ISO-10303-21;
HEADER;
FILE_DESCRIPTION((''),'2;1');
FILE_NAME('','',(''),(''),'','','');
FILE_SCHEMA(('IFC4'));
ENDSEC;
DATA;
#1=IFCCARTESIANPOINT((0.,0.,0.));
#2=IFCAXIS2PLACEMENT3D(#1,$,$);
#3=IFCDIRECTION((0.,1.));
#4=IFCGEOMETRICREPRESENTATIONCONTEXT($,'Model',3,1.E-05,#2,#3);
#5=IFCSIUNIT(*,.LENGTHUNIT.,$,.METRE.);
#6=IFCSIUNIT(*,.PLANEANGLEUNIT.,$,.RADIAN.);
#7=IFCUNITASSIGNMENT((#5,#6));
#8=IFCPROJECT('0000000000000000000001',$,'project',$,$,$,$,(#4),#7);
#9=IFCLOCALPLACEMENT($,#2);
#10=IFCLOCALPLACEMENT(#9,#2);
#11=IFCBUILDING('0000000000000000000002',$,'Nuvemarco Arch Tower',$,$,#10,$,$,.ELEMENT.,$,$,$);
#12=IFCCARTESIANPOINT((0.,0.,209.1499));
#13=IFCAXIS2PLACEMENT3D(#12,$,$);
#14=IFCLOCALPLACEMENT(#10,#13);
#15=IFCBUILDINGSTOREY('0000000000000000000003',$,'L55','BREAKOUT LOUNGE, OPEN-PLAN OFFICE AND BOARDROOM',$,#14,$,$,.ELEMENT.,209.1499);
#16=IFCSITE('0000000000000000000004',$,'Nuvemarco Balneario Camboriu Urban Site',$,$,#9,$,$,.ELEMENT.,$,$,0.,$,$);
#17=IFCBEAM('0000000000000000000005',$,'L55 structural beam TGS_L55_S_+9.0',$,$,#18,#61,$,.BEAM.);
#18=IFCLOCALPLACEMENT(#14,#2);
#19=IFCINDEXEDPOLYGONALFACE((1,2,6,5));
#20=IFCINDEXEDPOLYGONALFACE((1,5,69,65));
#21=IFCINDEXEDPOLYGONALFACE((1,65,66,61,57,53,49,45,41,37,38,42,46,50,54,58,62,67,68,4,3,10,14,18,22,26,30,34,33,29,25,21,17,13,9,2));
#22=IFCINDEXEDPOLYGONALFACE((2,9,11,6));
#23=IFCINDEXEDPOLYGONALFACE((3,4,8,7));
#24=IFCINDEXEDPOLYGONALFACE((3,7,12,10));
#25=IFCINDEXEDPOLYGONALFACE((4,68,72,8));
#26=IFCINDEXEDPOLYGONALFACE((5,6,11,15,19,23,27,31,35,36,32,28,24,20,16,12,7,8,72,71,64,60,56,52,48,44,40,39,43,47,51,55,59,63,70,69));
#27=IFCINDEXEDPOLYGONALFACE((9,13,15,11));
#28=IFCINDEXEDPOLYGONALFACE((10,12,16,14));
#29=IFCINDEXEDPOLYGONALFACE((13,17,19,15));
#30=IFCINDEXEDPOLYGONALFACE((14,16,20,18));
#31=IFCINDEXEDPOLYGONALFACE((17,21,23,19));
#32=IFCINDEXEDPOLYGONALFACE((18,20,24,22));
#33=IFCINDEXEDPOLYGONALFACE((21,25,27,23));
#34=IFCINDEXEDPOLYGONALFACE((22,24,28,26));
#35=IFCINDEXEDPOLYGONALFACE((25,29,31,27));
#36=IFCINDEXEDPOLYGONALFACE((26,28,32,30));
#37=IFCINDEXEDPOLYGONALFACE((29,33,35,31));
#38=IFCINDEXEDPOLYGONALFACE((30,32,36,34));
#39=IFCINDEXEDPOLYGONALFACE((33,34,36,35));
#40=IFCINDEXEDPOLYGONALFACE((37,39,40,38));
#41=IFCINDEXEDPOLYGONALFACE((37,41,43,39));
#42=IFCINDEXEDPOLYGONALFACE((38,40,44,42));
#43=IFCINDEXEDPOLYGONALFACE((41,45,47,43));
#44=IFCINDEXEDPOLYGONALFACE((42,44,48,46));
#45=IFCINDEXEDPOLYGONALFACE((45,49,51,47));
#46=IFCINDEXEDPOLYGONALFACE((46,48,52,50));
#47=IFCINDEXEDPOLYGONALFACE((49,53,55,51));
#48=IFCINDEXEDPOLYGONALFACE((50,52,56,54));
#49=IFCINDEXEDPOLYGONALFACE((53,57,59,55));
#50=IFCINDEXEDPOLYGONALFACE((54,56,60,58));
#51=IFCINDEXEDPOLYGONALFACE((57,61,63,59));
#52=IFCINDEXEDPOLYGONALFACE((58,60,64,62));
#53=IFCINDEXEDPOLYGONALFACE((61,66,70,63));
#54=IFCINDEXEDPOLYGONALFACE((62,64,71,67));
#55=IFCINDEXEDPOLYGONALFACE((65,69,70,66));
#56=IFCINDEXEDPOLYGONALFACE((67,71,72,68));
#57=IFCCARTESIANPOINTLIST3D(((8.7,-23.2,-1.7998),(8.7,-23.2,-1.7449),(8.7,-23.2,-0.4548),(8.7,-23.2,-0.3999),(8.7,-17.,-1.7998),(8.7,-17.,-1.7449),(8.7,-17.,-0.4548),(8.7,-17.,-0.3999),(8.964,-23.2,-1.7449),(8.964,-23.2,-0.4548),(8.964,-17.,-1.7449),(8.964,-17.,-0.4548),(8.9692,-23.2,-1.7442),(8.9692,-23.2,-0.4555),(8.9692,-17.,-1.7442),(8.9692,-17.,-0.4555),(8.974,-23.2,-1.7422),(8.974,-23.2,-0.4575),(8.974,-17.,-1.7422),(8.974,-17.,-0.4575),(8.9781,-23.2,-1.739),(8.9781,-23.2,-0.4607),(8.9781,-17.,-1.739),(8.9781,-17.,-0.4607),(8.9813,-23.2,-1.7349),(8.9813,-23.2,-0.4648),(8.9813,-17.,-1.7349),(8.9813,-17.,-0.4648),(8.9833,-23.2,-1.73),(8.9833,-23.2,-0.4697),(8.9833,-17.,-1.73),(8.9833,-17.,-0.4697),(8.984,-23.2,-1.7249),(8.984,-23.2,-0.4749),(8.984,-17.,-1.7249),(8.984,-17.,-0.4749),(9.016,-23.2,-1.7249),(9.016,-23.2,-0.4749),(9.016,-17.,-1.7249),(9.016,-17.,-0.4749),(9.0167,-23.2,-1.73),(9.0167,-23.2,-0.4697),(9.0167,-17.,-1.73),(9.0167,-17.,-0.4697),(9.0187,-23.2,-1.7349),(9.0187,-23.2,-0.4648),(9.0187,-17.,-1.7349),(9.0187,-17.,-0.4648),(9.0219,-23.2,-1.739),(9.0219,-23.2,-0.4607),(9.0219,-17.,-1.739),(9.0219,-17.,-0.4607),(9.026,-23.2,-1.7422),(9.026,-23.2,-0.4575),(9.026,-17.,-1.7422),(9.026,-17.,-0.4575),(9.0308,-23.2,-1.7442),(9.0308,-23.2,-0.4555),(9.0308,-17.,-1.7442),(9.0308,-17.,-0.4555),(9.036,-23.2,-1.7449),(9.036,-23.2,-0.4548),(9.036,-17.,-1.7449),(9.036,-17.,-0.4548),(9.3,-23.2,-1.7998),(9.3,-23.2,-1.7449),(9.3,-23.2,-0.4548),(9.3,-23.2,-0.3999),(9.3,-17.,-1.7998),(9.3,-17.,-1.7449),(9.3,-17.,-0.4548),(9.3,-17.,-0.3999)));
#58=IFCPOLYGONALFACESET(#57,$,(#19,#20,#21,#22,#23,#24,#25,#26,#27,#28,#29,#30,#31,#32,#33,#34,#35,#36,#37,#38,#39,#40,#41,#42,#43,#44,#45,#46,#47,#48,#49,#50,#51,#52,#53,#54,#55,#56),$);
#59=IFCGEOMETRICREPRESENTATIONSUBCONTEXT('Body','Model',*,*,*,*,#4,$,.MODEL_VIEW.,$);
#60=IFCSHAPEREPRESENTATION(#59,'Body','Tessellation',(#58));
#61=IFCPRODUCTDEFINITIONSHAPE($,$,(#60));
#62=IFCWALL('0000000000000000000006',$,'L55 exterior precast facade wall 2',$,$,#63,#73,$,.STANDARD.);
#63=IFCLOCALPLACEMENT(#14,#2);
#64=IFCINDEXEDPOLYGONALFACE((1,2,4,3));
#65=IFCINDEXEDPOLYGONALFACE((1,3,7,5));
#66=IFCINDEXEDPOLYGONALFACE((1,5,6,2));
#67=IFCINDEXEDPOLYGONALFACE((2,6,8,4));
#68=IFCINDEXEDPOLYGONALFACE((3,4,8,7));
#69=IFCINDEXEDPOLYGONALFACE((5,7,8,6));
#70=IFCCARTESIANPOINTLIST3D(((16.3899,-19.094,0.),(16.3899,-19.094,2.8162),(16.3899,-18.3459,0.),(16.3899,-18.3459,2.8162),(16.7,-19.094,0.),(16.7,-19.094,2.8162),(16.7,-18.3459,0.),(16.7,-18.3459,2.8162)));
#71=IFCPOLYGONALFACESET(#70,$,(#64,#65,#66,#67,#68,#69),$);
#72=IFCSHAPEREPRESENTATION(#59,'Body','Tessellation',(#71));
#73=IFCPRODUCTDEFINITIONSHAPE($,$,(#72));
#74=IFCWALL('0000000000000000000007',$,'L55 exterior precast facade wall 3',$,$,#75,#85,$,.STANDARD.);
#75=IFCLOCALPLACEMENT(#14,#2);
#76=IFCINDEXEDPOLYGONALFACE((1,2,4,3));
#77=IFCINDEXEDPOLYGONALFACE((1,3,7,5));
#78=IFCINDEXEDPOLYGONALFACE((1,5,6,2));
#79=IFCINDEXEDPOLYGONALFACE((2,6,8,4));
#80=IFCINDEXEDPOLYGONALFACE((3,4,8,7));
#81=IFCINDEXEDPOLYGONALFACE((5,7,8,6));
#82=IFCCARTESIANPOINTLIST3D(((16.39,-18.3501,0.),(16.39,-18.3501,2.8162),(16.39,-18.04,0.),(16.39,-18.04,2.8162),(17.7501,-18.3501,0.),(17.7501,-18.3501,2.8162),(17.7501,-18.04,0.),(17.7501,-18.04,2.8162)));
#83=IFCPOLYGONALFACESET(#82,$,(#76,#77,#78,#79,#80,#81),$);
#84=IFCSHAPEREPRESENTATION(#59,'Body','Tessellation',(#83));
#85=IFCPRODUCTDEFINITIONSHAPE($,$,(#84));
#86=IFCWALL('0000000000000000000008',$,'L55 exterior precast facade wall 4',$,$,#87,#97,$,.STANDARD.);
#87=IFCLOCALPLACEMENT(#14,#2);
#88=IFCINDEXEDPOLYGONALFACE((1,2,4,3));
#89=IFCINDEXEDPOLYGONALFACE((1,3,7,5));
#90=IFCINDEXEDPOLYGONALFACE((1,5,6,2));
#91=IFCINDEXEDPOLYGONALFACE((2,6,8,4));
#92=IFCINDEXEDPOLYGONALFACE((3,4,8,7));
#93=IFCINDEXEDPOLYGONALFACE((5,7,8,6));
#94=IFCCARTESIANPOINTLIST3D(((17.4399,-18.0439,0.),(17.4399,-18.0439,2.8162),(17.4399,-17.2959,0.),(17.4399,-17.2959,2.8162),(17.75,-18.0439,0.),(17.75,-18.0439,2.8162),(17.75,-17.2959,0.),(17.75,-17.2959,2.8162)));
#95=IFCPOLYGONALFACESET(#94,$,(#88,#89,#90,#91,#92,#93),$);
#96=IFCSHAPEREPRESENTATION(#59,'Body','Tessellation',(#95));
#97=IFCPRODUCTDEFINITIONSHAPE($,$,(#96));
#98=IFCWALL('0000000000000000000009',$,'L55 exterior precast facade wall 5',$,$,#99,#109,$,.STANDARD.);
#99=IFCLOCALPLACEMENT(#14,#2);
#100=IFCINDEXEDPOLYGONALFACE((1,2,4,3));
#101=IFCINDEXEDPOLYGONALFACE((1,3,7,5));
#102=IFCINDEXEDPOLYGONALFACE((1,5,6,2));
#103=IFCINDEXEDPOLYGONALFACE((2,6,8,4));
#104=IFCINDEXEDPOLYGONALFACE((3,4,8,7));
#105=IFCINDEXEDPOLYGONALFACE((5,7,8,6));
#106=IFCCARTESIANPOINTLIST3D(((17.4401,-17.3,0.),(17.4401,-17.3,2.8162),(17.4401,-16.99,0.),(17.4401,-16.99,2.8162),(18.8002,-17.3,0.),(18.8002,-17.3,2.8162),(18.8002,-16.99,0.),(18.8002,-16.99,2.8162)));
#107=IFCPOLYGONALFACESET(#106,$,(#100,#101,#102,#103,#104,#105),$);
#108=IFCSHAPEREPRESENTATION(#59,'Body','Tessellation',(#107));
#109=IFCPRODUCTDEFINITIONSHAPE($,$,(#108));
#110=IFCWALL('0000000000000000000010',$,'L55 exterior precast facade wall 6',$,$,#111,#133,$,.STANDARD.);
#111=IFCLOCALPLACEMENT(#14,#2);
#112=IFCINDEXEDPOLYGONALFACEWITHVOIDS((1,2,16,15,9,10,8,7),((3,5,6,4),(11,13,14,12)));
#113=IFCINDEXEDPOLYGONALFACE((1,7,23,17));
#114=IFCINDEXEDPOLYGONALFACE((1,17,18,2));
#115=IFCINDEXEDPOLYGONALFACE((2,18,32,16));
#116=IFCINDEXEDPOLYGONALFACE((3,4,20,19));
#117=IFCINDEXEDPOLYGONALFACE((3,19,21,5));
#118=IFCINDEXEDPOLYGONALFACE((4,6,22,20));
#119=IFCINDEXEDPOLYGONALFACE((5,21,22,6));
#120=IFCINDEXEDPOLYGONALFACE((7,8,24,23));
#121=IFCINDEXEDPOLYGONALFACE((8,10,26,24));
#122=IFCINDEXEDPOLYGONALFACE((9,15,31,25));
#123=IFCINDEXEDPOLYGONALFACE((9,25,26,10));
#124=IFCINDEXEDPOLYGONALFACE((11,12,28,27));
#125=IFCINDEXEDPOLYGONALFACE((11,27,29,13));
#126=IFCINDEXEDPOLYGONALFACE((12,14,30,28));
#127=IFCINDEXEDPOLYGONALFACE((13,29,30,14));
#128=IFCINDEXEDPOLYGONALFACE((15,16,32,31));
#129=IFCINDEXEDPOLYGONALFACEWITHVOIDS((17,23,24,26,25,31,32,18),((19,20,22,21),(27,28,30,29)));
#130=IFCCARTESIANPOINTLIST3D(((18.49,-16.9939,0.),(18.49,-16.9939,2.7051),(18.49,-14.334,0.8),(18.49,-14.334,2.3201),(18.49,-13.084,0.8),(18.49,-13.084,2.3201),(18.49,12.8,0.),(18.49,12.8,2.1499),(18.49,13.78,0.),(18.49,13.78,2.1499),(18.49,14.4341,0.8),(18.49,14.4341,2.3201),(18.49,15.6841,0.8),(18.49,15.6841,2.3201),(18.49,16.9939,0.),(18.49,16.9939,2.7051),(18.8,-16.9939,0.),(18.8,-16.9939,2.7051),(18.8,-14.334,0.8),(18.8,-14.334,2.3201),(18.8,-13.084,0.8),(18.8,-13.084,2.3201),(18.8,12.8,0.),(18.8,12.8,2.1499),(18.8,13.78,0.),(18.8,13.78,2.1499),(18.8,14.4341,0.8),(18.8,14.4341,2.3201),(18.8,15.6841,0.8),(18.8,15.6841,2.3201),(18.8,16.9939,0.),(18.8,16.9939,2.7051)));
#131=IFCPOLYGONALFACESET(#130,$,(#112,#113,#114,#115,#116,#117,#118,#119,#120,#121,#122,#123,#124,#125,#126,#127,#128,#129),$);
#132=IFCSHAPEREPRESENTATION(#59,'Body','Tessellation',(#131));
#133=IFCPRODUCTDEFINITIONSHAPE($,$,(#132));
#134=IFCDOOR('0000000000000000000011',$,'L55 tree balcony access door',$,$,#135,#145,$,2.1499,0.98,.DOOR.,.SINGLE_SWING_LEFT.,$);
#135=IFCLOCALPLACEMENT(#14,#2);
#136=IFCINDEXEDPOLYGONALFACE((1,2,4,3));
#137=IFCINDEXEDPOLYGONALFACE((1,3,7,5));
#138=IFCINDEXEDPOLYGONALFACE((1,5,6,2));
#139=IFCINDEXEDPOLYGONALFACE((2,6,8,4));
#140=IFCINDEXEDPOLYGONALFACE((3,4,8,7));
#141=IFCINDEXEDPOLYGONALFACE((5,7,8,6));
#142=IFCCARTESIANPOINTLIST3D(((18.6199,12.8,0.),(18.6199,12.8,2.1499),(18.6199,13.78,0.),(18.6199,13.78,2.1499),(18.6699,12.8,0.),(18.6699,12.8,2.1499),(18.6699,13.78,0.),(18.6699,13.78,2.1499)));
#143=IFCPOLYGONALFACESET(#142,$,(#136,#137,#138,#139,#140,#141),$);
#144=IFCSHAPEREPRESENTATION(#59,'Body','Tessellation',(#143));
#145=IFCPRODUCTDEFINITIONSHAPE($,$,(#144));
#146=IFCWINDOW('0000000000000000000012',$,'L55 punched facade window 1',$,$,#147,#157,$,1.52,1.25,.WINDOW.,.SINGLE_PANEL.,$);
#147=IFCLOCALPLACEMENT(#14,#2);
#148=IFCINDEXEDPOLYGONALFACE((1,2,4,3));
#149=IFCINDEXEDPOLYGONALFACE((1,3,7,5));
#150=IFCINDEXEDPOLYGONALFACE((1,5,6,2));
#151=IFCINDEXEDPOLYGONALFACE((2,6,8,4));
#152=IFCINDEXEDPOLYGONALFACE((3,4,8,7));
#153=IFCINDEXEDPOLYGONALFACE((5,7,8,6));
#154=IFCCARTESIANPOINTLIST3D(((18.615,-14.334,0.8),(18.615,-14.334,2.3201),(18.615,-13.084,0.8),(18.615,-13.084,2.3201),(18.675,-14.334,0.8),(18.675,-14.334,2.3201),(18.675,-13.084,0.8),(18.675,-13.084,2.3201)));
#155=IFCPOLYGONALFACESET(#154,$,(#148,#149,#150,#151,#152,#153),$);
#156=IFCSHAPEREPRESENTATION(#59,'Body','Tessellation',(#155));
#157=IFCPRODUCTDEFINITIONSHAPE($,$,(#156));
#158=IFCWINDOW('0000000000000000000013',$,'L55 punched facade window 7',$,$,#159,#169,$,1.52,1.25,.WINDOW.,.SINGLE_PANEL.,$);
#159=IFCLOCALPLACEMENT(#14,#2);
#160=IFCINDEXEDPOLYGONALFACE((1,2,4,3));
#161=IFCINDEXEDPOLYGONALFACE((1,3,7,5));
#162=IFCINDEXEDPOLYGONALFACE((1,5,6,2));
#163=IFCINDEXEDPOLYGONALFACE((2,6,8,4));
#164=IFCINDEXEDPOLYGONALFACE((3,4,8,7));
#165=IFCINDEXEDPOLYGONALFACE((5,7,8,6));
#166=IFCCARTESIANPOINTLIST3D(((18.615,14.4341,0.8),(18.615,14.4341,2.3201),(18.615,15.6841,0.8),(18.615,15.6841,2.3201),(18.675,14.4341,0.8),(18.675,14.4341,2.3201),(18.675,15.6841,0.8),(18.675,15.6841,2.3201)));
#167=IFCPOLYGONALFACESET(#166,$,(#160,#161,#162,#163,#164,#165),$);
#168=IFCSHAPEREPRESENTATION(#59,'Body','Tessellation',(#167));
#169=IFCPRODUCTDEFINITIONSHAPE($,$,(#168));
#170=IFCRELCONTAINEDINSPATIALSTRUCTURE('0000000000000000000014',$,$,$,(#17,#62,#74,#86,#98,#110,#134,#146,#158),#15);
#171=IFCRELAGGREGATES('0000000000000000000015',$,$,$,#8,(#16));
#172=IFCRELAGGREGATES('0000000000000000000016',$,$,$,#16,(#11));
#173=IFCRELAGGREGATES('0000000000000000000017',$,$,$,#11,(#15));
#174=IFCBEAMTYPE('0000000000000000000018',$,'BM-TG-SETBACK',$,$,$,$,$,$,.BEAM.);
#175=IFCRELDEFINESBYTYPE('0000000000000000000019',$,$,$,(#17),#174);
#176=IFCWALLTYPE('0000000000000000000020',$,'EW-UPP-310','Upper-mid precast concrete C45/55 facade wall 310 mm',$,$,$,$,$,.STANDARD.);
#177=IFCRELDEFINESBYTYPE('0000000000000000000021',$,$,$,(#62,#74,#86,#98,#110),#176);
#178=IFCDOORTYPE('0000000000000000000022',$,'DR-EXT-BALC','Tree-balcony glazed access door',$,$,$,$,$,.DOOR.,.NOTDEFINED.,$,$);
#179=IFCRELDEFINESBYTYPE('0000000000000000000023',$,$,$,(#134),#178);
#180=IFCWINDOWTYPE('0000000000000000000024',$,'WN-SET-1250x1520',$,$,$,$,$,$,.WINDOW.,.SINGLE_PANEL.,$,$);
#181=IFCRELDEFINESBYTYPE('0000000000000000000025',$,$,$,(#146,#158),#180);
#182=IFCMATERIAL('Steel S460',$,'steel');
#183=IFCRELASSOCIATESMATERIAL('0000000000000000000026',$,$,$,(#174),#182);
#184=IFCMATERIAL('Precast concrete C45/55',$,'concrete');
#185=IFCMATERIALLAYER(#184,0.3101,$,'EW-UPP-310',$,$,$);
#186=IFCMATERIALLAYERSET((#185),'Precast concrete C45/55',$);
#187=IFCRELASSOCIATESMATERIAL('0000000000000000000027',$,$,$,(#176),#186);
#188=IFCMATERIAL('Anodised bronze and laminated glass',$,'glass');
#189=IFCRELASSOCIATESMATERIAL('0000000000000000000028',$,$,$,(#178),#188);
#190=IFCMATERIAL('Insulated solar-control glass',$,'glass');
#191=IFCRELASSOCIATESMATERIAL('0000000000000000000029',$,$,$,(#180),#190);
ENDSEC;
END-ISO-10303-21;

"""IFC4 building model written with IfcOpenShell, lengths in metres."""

from ifc_helpers import new_model, si_unit, direction, frame, frame_2d, origin, origin_2d, place, context, subcontext, project, spatial, rectangle, i_section, extrude, source, transform, mapped, material, layer, layer_set, material_profile, profile_set, type_object, type_shapes, element, fill, save


model = new_model("IFC4")

# Units and contexts
model_context = context("Model", 3, precision=1e-05, world=origin(), true_north=direction((0.0, 1.0)))
body_context = subcontext(model_context, "Body", "Model", "MODEL_VIEW")
ifc_project = project(units=[si_unit("LENGTHUNIT", "METRE"), si_unit("PLANEANGLEUNIT", "RADIAN")], contexts=[model_context])

# Site, building, storey
site_placement = place(None, origin())
site = spatial("IfcSite", under=ifc_project, at=site_placement, Name="Nuvemarco Balneario Camboriu Urban Site", CompositionType="ELEMENT", RefElevation=0.0)
building_placement = place(site_placement, origin())
building = spatial("IfcBuilding", under=site, at=building_placement, Name="Nuvemarco Arch Tower", CompositionType="ELEMENT")
storey_placement = place(building_placement, frame((0.0, 0.0, 209.1499)))
storey = spatial("IfcBuildingStorey", under=building, at=storey_placement, Name="L55", Description="BREAKOUT LOUNGE, OPEN-PLAN OFFICE AND BOARDROOM", CompositionType="ELEMENT", Elevation=209.1499)

# Beam
ifc_material_1 = material(Name="Precast concrete C45/55", Category="concrete")
ifc_material_2 = material(Name="Steel S460", Category="steel")
ifc_material_profile_1 = material_profile(ifc_material_2, i_section(OverallWidth=0.6001, OverallDepth=1.3999, WebThickness=0.032, FlangeThickness=0.0549, FilletRadius=0.02, at=origin_2d()), Name="PG1400x600")
ifc_profile_set_1 = profile_set([ifc_material_profile_1], Name="Steel S460")
beam_type_1 = type_object("IfcBeamType", Name="BM-TG-SETBACK", PredefinedType="BEAM", material=ifc_profile_set_1)
for number, where, z_axis, x_axis, name in (
    (1, (9.0, -23.2, -1.0999), (0.0, 1.0, 0.0), (-1.0, 0.0, 0.0), "L55 structural beam TGS_L55_S_+9.0"),
):
    element("IfcBeam", number, at=place(storey_placement, frame(where, z_axis=z_axis, x_axis=x_axis)), inside=storey, type_object=beam_type_1, Name=name, PredefinedType="BEAM", context=body_context, shape_type="SweptSolid", body=[
        extrude(i_section(OverallWidth=0.6001, OverallDepth=1.3999, WebThickness=0.032, FlangeThickness=0.0549, FilletRadius=0.02, at=origin_2d()), origin(), (0.0, 0.0, 1.0), 6.2),
    ])

# Walls
ifc_layer_1 = layer(ifc_material_1, 0.3101, Name="EW-UPP-310")
ifc_layer_set_1 = layer_set([ifc_layer_1], Name="Precast concrete C45/55")
wall_type_1 = type_object("IfcWallType", Name="EW-UPP-310", Description="Upper-mid precast concrete C45/55 facade wall 310 mm", PredefinedType="STANDARD", material=ifc_layer_set_1)
wall_1_placement = place(storey_placement, frame((16.5449, -19.094, 0.0), z_axis=(0.0, 0.0, 1.0), x_axis=(0.0, 1.0, 0.0)))
element("IfcWall", 2, at=wall_1_placement, inside=storey, type_object=wall_type_1, Name="L55 exterior precast facade wall 2", PredefinedType="STANDARD", context=body_context, shape_type="SweptSolid", body=[
    extrude(rectangle(XDim=0.748, YDim=0.3101, at=frame_2d((0.374, 0.0))), origin(), (0.0, 0.0, 1.0), 2.8162),
])
wall_2_placement = place(storey_placement, frame((16.3899, -18.1951, 0.0), z_axis=(0.0, 0.0, 1.0), x_axis=(1.0, 0.0, 0.0)))
element("IfcWall", 3, at=wall_2_placement, inside=storey, type_object=wall_type_1, Name="L55 exterior precast facade wall 3", PredefinedType="STANDARD", context=body_context, shape_type="SweptSolid", body=[
    extrude(rectangle(XDim=1.3601, YDim=0.3101, at=frame_2d((0.6802, 0.0))), origin(), (0.0, 0.0, 1.0), 2.8162),
])
wall_3_placement = place(storey_placement, frame((17.595, -18.0439, 0.0), z_axis=(0.0, 0.0, 1.0), x_axis=(0.0, 1.0, 0.0)))
element("IfcWall", 4, at=wall_3_placement, inside=storey, type_object=wall_type_1, Name="L55 exterior precast facade wall 4", PredefinedType="STANDARD", context=body_context, shape_type="SweptSolid", body=[
    extrude(rectangle(XDim=0.748, YDim=0.3101, at=frame_2d((0.374, 0.0))), origin(), (0.0, 0.0, 1.0), 2.8162),
])
wall_4_placement = place(storey_placement, frame((17.4399, -17.145, 0.0), z_axis=(0.0, 0.0, 1.0), x_axis=(1.0, 0.0, 0.0)))
element("IfcWall", 5, at=wall_4_placement, inside=storey, type_object=wall_type_1, Name="L55 exterior precast facade wall 5", PredefinedType="STANDARD", context=body_context, shape_type="SweptSolid", body=[
    extrude(rectangle(XDim=1.3601, YDim=0.3101, at=frame_2d((0.6802, 0.0))), origin(), (0.0, 0.0, 1.0), 2.8162),
])

# Wall, openings, door, windows
wall_5_placement = place(storey_placement, frame((18.645, -16.9939, 0.0), z_axis=(0.0, 0.0, 1.0), x_axis=(0.0, 1.0, 0.0)))
wall_5 = element("IfcWall", 6, at=wall_5_placement, inside=storey, type_object=wall_type_1, Name="L55 exterior precast facade wall 6", PredefinedType="STANDARD", context=body_context, shape_type="SweptSolid", body=[
    extrude(rectangle(XDim=33.9878, YDim=0.3101, at=frame_2d((16.9939, 0.0))), origin(), (0.0, 0.0, 1.0), 2.7051),
])
opening_1_placement = place(wall_5_placement, frame((30.7739, 0.0, 0.0), z_axis=(0.0, 0.0, 1.0), x_axis=(-1.0, 0.0, 0.0)))
opening_1 = element("IfcOpeningElement", 7, at=opening_1_placement, cuts=wall_5, PredefinedType="OPENING", context=body_context, shape_type="SweptSolid", body=[
    extrude(rectangle(XDim=0.98, YDim=2.1499, at=frame_2d((0.49, 1.075))), frame((0.0, 0.165, 0.0), z_axis=(0.0, -1.0, 0.0), x_axis=(1.0, 0.0, 0.0)), (0.0, 0.0, 1.0), 0.3301),
])
opening_2_placement = place(wall_5_placement, frame((2.6599, 0.0, 0.8)))
opening_2 = element("IfcOpeningElement", 8, at=opening_2_placement, cuts=wall_5, PredefinedType="OPENING", context=body_context, shape_type="SweptSolid", body=[
    extrude(rectangle(XDim=1.25, YDim=1.52, at=frame_2d((0.625, 0.76))), frame((0.0, 0.165, 0.0), z_axis=(0.0, -1.0, 0.0), x_axis=(1.0, 0.0, 0.0)), (0.0, 0.0, 1.0), 0.3301),
])
opening_3_placement = place(wall_5_placement, frame((31.428, 0.0, 0.8)))
opening_3 = element("IfcOpeningElement", 9, at=opening_3_placement, cuts=wall_5, PredefinedType="OPENING", context=body_context, shape_type="SweptSolid", body=[
    extrude(rectangle(XDim=1.25, YDim=1.52, at=frame_2d((0.625, 0.76))), frame((0.0, 0.165, 0.0), z_axis=(0.0, -1.0, 0.0), x_axis=(1.0, 0.0, 0.0)), (0.0, 0.0, 1.0), 0.3301),
])
ifc_material_3 = material(Name="Anodised bronze and laminated glass", Category="glass")
door_type = type_object("IfcDoorType", Name="DR-EXT-BALC", Description="Tree-balcony glazed access door", OperationType="NOTDEFINED", PredefinedType="DOOR", material=ifc_material_3)
shared_shape_1 = source(origin(), body_context, "Body", "SweptSolid", [
    extrude(rectangle(XDim=0.98, YDim=2.1499, at=frame_2d((0.49, 1.075))), frame((0.0, 0.0249, 0.0), z_axis=(0.0, -1.0, 0.0), x_axis=(1.0, 0.0, 0.0)), (0.0, 0.0, 1.0), 0.05),
])
type_shapes(door_type, [shared_shape_1])
door_placement = place(opening_1_placement, origin())
door = element("IfcDoor", 10, at=door_placement, inside=storey, type_object=door_type, Name="L55 tree balcony access door", OperationType="SINGLE_SWING_LEFT", OverallHeight=2.1499, OverallWidth=0.98, PredefinedType="DOOR", context=body_context, shape_type="MappedRepresentation", body=[
    mapped(shared_shape_1, transform((0.0, 0.0, 0.0), scale=1.0)),
])
fill(opening_1, door)
ifc_material_4 = material(Name="Insulated solar-control glass", Category="glass")
window_type = type_object("IfcWindowType", Name="WN-SET-1250x1520", PartitioningType="SINGLE_PANEL", PredefinedType="WINDOW", material=ifc_material_4)
shared_shape_2 = source(origin(), body_context, "Body", "SweptSolid", [
    extrude(rectangle(XDim=1.25, YDim=1.52, at=frame_2d((0.625, 0.76))), frame((0.0, 0.03, 0.0), z_axis=(0.0, -1.0, 0.0), x_axis=(1.0, 0.0, 0.0)), (0.0, 0.0, 1.0), 0.0601),
])
type_shapes(window_type, [shared_shape_2])
window_1_placement = place(opening_2_placement, origin())
window_1 = element("IfcWindow", 11, at=window_1_placement, inside=storey, type_object=window_type, Name="L55 punched facade window 1", OverallHeight=1.52, OverallWidth=1.25, PartitioningType="SINGLE_PANEL", PredefinedType="WINDOW", context=body_context, shape_type="MappedRepresentation", body=[
    mapped(shared_shape_2, transform((0.0, 0.0, 0.0), scale=1.0)),
])
fill(opening_2, window_1)
window_2_placement = place(opening_3_placement, origin())
window_2 = element("IfcWindow", 12, at=window_2_placement, inside=storey, type_object=window_type, Name="L55 punched facade window 7", OverallHeight=1.52, OverallWidth=1.25, PartitioningType="SINGLE_PANEL", PredefinedType="WINDOW", context=body_context, shape_type="MappedRepresentation", body=[
    mapped(shared_shape_2, transform((0.0, 0.0, 0.0), scale=1.0)),
])
fill(opening_3, window_2)

save(model, "model.ifc")
